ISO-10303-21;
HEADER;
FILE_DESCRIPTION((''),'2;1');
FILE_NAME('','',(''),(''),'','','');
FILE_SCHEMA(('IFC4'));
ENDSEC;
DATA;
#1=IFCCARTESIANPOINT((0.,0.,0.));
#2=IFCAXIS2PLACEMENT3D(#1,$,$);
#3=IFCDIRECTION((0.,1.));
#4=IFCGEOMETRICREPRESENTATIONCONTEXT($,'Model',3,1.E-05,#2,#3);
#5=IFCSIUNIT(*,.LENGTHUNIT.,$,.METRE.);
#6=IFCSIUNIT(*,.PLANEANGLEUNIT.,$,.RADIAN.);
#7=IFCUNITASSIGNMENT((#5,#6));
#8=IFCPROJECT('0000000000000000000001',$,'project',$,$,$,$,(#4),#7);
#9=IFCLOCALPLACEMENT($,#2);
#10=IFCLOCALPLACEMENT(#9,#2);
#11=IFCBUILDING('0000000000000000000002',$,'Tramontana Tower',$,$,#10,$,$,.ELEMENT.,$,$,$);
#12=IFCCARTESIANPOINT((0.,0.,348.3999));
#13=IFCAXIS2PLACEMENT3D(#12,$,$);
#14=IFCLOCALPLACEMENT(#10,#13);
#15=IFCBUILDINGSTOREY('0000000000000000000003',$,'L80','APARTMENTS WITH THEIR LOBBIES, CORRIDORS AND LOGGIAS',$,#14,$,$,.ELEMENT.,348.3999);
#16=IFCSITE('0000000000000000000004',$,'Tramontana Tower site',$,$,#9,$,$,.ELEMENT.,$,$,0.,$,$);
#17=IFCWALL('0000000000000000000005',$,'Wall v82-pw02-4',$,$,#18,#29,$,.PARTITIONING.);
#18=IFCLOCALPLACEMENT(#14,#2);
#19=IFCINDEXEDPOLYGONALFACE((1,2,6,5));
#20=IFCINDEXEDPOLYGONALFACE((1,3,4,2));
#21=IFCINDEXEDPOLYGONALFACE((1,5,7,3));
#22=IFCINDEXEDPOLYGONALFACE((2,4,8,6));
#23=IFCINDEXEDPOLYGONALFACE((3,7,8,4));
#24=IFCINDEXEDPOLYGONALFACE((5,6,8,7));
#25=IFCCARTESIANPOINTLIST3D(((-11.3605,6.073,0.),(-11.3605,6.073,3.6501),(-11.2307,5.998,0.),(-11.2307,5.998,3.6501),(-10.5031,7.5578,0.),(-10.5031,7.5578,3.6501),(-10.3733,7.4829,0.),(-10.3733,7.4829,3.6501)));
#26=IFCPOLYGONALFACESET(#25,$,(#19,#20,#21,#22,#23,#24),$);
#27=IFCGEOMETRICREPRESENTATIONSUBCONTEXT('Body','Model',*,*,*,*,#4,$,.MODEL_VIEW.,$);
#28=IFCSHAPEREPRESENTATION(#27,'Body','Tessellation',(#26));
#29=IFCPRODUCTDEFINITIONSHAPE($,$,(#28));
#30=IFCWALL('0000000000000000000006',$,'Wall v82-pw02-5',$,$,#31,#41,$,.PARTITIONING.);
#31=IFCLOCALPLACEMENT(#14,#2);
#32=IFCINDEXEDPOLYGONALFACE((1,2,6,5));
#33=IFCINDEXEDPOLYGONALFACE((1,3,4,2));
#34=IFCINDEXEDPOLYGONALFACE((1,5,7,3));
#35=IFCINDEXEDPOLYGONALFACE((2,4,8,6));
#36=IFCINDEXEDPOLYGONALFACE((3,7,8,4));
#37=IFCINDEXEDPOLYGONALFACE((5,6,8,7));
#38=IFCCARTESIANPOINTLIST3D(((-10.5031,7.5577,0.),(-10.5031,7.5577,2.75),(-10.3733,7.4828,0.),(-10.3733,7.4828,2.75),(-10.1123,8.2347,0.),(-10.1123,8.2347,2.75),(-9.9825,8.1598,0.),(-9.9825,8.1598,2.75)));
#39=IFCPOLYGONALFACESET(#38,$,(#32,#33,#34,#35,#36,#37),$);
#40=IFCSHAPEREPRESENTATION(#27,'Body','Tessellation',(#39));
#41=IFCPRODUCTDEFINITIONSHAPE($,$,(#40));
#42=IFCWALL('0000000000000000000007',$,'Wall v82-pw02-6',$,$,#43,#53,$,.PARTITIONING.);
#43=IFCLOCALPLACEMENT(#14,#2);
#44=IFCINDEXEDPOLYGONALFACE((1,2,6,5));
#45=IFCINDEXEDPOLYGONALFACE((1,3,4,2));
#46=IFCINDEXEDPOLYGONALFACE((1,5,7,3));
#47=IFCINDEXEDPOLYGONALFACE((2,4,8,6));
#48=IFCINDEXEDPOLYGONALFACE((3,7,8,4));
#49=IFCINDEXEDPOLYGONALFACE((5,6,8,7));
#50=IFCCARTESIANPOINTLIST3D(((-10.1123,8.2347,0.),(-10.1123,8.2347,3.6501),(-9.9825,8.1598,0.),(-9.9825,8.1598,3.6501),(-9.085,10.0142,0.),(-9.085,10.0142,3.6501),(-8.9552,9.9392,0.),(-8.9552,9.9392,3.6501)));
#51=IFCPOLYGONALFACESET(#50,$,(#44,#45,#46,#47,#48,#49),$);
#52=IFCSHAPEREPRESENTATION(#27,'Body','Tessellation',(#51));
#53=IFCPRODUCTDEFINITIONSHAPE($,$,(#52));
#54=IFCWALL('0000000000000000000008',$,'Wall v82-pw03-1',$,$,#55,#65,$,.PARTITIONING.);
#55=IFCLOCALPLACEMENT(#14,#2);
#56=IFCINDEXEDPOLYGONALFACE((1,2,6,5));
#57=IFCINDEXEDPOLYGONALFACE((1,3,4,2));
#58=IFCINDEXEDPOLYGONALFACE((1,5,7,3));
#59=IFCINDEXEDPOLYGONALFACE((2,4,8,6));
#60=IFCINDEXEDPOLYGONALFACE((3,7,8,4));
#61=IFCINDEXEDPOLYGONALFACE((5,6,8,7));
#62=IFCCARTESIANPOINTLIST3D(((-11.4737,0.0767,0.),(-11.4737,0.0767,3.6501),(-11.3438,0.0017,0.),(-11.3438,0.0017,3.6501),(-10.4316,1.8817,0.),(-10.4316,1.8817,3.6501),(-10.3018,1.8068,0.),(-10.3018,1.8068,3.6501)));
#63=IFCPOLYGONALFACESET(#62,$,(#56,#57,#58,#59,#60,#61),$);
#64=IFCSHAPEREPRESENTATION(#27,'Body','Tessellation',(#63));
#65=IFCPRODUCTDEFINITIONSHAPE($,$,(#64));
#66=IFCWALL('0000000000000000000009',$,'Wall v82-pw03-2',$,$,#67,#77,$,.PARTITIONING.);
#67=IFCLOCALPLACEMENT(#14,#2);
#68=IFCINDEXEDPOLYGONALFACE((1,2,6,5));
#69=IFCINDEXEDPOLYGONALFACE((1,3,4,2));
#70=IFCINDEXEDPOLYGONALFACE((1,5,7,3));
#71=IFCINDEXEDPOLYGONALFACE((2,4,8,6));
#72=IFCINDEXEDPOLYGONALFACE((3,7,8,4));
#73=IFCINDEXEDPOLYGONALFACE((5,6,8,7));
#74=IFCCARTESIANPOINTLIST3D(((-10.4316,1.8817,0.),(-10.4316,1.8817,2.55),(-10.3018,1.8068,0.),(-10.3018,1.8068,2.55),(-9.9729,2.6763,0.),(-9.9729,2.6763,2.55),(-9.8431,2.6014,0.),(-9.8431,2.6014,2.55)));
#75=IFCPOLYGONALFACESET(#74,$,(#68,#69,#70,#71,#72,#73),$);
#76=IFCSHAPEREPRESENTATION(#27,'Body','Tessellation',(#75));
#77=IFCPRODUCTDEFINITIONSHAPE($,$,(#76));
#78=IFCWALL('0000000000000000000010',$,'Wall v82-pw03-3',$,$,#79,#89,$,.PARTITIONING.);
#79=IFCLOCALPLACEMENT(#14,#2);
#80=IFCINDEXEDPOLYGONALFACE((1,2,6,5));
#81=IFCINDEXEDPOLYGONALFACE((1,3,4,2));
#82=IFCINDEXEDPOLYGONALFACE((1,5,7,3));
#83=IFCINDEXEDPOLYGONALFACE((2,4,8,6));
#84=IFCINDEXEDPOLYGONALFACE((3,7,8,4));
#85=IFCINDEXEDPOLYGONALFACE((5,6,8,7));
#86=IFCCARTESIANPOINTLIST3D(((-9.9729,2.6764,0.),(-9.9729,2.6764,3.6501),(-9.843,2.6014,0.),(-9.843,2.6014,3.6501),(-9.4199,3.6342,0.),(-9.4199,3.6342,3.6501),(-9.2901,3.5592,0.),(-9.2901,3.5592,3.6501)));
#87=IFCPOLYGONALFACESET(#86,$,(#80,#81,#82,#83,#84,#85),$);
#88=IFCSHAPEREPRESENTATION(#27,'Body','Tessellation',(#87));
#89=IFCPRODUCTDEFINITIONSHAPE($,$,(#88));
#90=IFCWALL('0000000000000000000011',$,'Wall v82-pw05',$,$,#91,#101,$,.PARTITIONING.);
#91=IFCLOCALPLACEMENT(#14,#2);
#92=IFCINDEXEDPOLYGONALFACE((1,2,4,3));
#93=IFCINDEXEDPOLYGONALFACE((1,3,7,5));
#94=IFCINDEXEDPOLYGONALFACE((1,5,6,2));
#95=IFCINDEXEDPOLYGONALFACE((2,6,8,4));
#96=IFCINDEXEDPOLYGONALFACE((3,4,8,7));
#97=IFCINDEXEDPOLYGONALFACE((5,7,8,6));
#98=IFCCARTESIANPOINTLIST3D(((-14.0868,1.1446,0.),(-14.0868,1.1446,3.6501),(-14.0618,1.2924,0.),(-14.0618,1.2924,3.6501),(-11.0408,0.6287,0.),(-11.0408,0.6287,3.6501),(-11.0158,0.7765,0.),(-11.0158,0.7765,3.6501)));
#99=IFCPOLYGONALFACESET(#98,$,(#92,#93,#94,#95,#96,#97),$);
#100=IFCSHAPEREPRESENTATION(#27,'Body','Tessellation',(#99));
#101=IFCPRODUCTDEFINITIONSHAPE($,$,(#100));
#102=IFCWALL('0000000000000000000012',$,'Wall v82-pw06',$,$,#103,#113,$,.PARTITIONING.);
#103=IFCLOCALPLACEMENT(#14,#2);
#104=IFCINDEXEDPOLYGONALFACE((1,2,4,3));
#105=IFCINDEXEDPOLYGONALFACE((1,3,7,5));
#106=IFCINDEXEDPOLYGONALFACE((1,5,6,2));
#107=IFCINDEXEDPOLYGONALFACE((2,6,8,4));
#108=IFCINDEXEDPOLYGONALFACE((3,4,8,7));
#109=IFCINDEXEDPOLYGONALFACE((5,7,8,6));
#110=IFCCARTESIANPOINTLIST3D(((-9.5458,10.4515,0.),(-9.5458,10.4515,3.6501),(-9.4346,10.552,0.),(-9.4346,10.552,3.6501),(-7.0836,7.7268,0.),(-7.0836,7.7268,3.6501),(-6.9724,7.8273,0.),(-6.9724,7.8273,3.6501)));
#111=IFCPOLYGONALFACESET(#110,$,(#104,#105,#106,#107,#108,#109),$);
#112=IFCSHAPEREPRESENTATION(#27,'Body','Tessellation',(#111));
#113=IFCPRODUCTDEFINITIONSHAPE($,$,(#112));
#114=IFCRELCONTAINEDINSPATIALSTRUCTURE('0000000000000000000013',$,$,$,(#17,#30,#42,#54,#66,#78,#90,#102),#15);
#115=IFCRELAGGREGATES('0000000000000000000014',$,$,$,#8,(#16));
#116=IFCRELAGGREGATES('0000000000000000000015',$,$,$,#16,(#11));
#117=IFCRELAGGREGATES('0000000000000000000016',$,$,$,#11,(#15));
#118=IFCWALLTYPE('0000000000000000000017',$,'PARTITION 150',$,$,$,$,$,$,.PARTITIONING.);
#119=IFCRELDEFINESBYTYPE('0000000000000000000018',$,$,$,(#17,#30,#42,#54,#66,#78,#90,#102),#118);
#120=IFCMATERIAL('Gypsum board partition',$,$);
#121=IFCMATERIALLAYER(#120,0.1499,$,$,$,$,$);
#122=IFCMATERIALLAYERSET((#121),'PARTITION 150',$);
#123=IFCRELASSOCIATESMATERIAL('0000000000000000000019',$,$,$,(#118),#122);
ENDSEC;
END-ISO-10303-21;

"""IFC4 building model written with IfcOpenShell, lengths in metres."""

from ifc_helpers import new_model, si_unit, direction, frame, frame_2d, origin, place, context, subcontext, project, spatial, rectangle, extrude, material, layer, layer_set, type_object, element, save


model = new_model("IFC4")

# Units and contexts
model_context = context("Model", 3, precision=1e-05, world=origin(), true_north=direction((0.0, 1.0)))
body_context = subcontext(model_context, "Body", "Model", "MODEL_VIEW")
ifc_project = project(units=[si_unit("LENGTHUNIT", "METRE"), si_unit("PLANEANGLEUNIT", "RADIAN")], contexts=[model_context])

# Site, building, storey
site_placement = place(None, origin())
site = spatial("IfcSite", under=ifc_project, at=site_placement, Name="Tramontana Tower site", CompositionType="ELEMENT", RefElevation=0.0)
building_placement = place(site_placement, origin())
building = spatial("IfcBuilding", under=site, at=building_placement, Name="Tramontana Tower", CompositionType="ELEMENT")
storey_placement = place(building_placement, frame((0.0, 0.0, 348.3999)))
storey = spatial("IfcBuildingStorey", under=building, at=storey_placement, Name="L80", Description="APARTMENTS WITH THEIR LOBBIES, CORRIDORS AND LOGGIAS", CompositionType="ELEMENT", Elevation=348.3999)

# Shared definitions
ifc_material_1 = material(Name="Gypsum board partition")
ifc_layer_1 = layer(ifc_material_1, 0.1499)
ifc_layer_set_1 = layer_set([ifc_layer_1], Name="PARTITION 150")
wall_type_1 = type_object("IfcWallType", Name="PARTITION 150", PredefinedType="PARTITIONING", material=ifc_layer_set_1)

# Walls
wall_1_placement = place(storey_placement, frame((-11.2957, 6.0354, 0.0), z_axis=(0.0, 0.0, 1.0), x_axis=(0.500059, 0.865991, 0.0)))
element("IfcWall", 1, at=wall_1_placement, inside=storey, type_object=wall_type_1, Name="Wall v82-pw02-4", PredefinedType="PARTITIONING", context=body_context, shape_type="SweptSolid", body=[
    extrude(rectangle(XDim=1.7146, YDim=0.1499, at=frame_2d((0.8574, 0.0))), origin(), (0.0, 0.0, 1.0), 3.6501),
])
wall_2_placement = place(storey_placement, frame((-10.4382, 7.5203, 0.0), z_axis=(0.0, 0.0, 1.0), x_axis=(0.500002, 0.866024, 0.0)))
element("IfcWall", 2, at=wall_2_placement, inside=storey, type_object=wall_type_1, Name="Wall v82-pw02-5", PredefinedType="PARTITIONING", context=body_context, shape_type="SweptSolid", body=[
    extrude(rectangle(XDim=0.7817, YDim=0.1499, at=frame_2d((0.3909, 0.0))), origin(), (0.0, 0.0, 1.0), 2.75),
])
wall_3_placement = place(storey_placement, frame((-10.0474, 8.1973, 0.0), z_axis=(0.0, 0.0, 1.0), x_axis=(0.499973, 0.866041, 0.0)))
element("IfcWall", 3, at=wall_3_placement, inside=storey, type_object=wall_type_1, Name="Wall v82-pw02-6", PredefinedType="PARTITIONING", context=body_context, shape_type="SweptSolid", body=[
    extrude(rectangle(XDim=2.0547, YDim=0.1499, at=frame_2d((1.0273, 0.0))), origin(), (0.0, 0.0, 1.0), 3.6501),
])
wall_4_placement = place(storey_placement, frame((-11.4087, 0.0393, 0.0), z_axis=(0.0, 0.0, 1.0), x_axis=(0.499969, 0.866043, 0.0)))
element("IfcWall", 4, at=wall_4_placement, inside=storey, type_object=wall_type_1, Name="Wall v82-pw03-1", PredefinedType="PARTITIONING", context=body_context, shape_type="SweptSolid", body=[
    extrude(rectangle(XDim=2.0842, YDim=0.1499, at=frame_2d((1.042, 0.0))), origin(), (0.0, 0.0, 1.0), 3.6501),
])
wall_5_placement = place(storey_placement, frame((-10.3667, 1.8442, 0.0), z_axis=(0.0, 0.0, 1.0), x_axis=(0.499945, 0.866057, 0.0)))
element("IfcWall", 5, at=wall_5_placement, inside=storey, type_object=wall_type_1, Name="Wall v82-pw03-2", PredefinedType="PARTITIONING", context=body_context, shape_type="SweptSolid", body=[
    extrude(rectangle(XDim=0.9175, YDim=0.1499, at=frame_2d((0.4587, 0.0))), origin(), (0.0, 0.0, 1.0), 2.55),
])
wall_6_placement = place(storey_placement, frame((-9.908, 2.6389, 0.0), z_axis=(0.0, 0.0, 1.0), x_axis=(0.500009, 0.86602, 0.0)))
element("IfcWall", 6, at=wall_6_placement, inside=storey, type_object=wall_type_1, Name="Wall v82-pw03-3", PredefinedType="PARTITIONING", context=body_context, shape_type="SweptSolid", body=[
    extrude(rectangle(XDim=1.106, YDim=0.1499, at=frame_2d((0.553, 0.0))), origin(), (0.0, 0.0, 1.0), 3.6501),
])

# Walls
wall_7_placement = place(storey_placement, frame((-11.0283, 0.7026, 0.0), z_axis=(0.0, 0.0, 1.0), x_axis=(-0.985959, 0.166987, 0.0)))
element("IfcWall", 7, at=wall_7_placement, inside=storey, type_object=wall_type_1, Name="Wall v82-pw05", PredefinedType="PARTITIONING", context=body_context, shape_type="SweptSolid", body=[
    extrude(rectangle(XDim=3.0894, YDim=0.1499, at=frame_2d((1.5447, 0.0))), origin(), (0.0, 0.0, 1.0), 3.6501),
])
wall_8_placement = place(storey_placement, frame((-9.4902, 10.5017, 0.0), z_axis=(0.0, 0.0, 1.0), x_axis=(0.670469, -0.741937, 0.0)))
element("IfcWall", 8, at=wall_8_placement, inside=storey, type_object=wall_type_1, Name="Wall v82-pw06", PredefinedType="PARTITIONING", context=body_context, shape_type="SweptSolid", body=[
    extrude(rectangle(XDim=3.6724, YDim=0.1499, at=frame_2d((1.8362, 0.0))), origin(), (0.0, 0.0, 1.0), 3.6501),
])

save(model, "model.ifc")
